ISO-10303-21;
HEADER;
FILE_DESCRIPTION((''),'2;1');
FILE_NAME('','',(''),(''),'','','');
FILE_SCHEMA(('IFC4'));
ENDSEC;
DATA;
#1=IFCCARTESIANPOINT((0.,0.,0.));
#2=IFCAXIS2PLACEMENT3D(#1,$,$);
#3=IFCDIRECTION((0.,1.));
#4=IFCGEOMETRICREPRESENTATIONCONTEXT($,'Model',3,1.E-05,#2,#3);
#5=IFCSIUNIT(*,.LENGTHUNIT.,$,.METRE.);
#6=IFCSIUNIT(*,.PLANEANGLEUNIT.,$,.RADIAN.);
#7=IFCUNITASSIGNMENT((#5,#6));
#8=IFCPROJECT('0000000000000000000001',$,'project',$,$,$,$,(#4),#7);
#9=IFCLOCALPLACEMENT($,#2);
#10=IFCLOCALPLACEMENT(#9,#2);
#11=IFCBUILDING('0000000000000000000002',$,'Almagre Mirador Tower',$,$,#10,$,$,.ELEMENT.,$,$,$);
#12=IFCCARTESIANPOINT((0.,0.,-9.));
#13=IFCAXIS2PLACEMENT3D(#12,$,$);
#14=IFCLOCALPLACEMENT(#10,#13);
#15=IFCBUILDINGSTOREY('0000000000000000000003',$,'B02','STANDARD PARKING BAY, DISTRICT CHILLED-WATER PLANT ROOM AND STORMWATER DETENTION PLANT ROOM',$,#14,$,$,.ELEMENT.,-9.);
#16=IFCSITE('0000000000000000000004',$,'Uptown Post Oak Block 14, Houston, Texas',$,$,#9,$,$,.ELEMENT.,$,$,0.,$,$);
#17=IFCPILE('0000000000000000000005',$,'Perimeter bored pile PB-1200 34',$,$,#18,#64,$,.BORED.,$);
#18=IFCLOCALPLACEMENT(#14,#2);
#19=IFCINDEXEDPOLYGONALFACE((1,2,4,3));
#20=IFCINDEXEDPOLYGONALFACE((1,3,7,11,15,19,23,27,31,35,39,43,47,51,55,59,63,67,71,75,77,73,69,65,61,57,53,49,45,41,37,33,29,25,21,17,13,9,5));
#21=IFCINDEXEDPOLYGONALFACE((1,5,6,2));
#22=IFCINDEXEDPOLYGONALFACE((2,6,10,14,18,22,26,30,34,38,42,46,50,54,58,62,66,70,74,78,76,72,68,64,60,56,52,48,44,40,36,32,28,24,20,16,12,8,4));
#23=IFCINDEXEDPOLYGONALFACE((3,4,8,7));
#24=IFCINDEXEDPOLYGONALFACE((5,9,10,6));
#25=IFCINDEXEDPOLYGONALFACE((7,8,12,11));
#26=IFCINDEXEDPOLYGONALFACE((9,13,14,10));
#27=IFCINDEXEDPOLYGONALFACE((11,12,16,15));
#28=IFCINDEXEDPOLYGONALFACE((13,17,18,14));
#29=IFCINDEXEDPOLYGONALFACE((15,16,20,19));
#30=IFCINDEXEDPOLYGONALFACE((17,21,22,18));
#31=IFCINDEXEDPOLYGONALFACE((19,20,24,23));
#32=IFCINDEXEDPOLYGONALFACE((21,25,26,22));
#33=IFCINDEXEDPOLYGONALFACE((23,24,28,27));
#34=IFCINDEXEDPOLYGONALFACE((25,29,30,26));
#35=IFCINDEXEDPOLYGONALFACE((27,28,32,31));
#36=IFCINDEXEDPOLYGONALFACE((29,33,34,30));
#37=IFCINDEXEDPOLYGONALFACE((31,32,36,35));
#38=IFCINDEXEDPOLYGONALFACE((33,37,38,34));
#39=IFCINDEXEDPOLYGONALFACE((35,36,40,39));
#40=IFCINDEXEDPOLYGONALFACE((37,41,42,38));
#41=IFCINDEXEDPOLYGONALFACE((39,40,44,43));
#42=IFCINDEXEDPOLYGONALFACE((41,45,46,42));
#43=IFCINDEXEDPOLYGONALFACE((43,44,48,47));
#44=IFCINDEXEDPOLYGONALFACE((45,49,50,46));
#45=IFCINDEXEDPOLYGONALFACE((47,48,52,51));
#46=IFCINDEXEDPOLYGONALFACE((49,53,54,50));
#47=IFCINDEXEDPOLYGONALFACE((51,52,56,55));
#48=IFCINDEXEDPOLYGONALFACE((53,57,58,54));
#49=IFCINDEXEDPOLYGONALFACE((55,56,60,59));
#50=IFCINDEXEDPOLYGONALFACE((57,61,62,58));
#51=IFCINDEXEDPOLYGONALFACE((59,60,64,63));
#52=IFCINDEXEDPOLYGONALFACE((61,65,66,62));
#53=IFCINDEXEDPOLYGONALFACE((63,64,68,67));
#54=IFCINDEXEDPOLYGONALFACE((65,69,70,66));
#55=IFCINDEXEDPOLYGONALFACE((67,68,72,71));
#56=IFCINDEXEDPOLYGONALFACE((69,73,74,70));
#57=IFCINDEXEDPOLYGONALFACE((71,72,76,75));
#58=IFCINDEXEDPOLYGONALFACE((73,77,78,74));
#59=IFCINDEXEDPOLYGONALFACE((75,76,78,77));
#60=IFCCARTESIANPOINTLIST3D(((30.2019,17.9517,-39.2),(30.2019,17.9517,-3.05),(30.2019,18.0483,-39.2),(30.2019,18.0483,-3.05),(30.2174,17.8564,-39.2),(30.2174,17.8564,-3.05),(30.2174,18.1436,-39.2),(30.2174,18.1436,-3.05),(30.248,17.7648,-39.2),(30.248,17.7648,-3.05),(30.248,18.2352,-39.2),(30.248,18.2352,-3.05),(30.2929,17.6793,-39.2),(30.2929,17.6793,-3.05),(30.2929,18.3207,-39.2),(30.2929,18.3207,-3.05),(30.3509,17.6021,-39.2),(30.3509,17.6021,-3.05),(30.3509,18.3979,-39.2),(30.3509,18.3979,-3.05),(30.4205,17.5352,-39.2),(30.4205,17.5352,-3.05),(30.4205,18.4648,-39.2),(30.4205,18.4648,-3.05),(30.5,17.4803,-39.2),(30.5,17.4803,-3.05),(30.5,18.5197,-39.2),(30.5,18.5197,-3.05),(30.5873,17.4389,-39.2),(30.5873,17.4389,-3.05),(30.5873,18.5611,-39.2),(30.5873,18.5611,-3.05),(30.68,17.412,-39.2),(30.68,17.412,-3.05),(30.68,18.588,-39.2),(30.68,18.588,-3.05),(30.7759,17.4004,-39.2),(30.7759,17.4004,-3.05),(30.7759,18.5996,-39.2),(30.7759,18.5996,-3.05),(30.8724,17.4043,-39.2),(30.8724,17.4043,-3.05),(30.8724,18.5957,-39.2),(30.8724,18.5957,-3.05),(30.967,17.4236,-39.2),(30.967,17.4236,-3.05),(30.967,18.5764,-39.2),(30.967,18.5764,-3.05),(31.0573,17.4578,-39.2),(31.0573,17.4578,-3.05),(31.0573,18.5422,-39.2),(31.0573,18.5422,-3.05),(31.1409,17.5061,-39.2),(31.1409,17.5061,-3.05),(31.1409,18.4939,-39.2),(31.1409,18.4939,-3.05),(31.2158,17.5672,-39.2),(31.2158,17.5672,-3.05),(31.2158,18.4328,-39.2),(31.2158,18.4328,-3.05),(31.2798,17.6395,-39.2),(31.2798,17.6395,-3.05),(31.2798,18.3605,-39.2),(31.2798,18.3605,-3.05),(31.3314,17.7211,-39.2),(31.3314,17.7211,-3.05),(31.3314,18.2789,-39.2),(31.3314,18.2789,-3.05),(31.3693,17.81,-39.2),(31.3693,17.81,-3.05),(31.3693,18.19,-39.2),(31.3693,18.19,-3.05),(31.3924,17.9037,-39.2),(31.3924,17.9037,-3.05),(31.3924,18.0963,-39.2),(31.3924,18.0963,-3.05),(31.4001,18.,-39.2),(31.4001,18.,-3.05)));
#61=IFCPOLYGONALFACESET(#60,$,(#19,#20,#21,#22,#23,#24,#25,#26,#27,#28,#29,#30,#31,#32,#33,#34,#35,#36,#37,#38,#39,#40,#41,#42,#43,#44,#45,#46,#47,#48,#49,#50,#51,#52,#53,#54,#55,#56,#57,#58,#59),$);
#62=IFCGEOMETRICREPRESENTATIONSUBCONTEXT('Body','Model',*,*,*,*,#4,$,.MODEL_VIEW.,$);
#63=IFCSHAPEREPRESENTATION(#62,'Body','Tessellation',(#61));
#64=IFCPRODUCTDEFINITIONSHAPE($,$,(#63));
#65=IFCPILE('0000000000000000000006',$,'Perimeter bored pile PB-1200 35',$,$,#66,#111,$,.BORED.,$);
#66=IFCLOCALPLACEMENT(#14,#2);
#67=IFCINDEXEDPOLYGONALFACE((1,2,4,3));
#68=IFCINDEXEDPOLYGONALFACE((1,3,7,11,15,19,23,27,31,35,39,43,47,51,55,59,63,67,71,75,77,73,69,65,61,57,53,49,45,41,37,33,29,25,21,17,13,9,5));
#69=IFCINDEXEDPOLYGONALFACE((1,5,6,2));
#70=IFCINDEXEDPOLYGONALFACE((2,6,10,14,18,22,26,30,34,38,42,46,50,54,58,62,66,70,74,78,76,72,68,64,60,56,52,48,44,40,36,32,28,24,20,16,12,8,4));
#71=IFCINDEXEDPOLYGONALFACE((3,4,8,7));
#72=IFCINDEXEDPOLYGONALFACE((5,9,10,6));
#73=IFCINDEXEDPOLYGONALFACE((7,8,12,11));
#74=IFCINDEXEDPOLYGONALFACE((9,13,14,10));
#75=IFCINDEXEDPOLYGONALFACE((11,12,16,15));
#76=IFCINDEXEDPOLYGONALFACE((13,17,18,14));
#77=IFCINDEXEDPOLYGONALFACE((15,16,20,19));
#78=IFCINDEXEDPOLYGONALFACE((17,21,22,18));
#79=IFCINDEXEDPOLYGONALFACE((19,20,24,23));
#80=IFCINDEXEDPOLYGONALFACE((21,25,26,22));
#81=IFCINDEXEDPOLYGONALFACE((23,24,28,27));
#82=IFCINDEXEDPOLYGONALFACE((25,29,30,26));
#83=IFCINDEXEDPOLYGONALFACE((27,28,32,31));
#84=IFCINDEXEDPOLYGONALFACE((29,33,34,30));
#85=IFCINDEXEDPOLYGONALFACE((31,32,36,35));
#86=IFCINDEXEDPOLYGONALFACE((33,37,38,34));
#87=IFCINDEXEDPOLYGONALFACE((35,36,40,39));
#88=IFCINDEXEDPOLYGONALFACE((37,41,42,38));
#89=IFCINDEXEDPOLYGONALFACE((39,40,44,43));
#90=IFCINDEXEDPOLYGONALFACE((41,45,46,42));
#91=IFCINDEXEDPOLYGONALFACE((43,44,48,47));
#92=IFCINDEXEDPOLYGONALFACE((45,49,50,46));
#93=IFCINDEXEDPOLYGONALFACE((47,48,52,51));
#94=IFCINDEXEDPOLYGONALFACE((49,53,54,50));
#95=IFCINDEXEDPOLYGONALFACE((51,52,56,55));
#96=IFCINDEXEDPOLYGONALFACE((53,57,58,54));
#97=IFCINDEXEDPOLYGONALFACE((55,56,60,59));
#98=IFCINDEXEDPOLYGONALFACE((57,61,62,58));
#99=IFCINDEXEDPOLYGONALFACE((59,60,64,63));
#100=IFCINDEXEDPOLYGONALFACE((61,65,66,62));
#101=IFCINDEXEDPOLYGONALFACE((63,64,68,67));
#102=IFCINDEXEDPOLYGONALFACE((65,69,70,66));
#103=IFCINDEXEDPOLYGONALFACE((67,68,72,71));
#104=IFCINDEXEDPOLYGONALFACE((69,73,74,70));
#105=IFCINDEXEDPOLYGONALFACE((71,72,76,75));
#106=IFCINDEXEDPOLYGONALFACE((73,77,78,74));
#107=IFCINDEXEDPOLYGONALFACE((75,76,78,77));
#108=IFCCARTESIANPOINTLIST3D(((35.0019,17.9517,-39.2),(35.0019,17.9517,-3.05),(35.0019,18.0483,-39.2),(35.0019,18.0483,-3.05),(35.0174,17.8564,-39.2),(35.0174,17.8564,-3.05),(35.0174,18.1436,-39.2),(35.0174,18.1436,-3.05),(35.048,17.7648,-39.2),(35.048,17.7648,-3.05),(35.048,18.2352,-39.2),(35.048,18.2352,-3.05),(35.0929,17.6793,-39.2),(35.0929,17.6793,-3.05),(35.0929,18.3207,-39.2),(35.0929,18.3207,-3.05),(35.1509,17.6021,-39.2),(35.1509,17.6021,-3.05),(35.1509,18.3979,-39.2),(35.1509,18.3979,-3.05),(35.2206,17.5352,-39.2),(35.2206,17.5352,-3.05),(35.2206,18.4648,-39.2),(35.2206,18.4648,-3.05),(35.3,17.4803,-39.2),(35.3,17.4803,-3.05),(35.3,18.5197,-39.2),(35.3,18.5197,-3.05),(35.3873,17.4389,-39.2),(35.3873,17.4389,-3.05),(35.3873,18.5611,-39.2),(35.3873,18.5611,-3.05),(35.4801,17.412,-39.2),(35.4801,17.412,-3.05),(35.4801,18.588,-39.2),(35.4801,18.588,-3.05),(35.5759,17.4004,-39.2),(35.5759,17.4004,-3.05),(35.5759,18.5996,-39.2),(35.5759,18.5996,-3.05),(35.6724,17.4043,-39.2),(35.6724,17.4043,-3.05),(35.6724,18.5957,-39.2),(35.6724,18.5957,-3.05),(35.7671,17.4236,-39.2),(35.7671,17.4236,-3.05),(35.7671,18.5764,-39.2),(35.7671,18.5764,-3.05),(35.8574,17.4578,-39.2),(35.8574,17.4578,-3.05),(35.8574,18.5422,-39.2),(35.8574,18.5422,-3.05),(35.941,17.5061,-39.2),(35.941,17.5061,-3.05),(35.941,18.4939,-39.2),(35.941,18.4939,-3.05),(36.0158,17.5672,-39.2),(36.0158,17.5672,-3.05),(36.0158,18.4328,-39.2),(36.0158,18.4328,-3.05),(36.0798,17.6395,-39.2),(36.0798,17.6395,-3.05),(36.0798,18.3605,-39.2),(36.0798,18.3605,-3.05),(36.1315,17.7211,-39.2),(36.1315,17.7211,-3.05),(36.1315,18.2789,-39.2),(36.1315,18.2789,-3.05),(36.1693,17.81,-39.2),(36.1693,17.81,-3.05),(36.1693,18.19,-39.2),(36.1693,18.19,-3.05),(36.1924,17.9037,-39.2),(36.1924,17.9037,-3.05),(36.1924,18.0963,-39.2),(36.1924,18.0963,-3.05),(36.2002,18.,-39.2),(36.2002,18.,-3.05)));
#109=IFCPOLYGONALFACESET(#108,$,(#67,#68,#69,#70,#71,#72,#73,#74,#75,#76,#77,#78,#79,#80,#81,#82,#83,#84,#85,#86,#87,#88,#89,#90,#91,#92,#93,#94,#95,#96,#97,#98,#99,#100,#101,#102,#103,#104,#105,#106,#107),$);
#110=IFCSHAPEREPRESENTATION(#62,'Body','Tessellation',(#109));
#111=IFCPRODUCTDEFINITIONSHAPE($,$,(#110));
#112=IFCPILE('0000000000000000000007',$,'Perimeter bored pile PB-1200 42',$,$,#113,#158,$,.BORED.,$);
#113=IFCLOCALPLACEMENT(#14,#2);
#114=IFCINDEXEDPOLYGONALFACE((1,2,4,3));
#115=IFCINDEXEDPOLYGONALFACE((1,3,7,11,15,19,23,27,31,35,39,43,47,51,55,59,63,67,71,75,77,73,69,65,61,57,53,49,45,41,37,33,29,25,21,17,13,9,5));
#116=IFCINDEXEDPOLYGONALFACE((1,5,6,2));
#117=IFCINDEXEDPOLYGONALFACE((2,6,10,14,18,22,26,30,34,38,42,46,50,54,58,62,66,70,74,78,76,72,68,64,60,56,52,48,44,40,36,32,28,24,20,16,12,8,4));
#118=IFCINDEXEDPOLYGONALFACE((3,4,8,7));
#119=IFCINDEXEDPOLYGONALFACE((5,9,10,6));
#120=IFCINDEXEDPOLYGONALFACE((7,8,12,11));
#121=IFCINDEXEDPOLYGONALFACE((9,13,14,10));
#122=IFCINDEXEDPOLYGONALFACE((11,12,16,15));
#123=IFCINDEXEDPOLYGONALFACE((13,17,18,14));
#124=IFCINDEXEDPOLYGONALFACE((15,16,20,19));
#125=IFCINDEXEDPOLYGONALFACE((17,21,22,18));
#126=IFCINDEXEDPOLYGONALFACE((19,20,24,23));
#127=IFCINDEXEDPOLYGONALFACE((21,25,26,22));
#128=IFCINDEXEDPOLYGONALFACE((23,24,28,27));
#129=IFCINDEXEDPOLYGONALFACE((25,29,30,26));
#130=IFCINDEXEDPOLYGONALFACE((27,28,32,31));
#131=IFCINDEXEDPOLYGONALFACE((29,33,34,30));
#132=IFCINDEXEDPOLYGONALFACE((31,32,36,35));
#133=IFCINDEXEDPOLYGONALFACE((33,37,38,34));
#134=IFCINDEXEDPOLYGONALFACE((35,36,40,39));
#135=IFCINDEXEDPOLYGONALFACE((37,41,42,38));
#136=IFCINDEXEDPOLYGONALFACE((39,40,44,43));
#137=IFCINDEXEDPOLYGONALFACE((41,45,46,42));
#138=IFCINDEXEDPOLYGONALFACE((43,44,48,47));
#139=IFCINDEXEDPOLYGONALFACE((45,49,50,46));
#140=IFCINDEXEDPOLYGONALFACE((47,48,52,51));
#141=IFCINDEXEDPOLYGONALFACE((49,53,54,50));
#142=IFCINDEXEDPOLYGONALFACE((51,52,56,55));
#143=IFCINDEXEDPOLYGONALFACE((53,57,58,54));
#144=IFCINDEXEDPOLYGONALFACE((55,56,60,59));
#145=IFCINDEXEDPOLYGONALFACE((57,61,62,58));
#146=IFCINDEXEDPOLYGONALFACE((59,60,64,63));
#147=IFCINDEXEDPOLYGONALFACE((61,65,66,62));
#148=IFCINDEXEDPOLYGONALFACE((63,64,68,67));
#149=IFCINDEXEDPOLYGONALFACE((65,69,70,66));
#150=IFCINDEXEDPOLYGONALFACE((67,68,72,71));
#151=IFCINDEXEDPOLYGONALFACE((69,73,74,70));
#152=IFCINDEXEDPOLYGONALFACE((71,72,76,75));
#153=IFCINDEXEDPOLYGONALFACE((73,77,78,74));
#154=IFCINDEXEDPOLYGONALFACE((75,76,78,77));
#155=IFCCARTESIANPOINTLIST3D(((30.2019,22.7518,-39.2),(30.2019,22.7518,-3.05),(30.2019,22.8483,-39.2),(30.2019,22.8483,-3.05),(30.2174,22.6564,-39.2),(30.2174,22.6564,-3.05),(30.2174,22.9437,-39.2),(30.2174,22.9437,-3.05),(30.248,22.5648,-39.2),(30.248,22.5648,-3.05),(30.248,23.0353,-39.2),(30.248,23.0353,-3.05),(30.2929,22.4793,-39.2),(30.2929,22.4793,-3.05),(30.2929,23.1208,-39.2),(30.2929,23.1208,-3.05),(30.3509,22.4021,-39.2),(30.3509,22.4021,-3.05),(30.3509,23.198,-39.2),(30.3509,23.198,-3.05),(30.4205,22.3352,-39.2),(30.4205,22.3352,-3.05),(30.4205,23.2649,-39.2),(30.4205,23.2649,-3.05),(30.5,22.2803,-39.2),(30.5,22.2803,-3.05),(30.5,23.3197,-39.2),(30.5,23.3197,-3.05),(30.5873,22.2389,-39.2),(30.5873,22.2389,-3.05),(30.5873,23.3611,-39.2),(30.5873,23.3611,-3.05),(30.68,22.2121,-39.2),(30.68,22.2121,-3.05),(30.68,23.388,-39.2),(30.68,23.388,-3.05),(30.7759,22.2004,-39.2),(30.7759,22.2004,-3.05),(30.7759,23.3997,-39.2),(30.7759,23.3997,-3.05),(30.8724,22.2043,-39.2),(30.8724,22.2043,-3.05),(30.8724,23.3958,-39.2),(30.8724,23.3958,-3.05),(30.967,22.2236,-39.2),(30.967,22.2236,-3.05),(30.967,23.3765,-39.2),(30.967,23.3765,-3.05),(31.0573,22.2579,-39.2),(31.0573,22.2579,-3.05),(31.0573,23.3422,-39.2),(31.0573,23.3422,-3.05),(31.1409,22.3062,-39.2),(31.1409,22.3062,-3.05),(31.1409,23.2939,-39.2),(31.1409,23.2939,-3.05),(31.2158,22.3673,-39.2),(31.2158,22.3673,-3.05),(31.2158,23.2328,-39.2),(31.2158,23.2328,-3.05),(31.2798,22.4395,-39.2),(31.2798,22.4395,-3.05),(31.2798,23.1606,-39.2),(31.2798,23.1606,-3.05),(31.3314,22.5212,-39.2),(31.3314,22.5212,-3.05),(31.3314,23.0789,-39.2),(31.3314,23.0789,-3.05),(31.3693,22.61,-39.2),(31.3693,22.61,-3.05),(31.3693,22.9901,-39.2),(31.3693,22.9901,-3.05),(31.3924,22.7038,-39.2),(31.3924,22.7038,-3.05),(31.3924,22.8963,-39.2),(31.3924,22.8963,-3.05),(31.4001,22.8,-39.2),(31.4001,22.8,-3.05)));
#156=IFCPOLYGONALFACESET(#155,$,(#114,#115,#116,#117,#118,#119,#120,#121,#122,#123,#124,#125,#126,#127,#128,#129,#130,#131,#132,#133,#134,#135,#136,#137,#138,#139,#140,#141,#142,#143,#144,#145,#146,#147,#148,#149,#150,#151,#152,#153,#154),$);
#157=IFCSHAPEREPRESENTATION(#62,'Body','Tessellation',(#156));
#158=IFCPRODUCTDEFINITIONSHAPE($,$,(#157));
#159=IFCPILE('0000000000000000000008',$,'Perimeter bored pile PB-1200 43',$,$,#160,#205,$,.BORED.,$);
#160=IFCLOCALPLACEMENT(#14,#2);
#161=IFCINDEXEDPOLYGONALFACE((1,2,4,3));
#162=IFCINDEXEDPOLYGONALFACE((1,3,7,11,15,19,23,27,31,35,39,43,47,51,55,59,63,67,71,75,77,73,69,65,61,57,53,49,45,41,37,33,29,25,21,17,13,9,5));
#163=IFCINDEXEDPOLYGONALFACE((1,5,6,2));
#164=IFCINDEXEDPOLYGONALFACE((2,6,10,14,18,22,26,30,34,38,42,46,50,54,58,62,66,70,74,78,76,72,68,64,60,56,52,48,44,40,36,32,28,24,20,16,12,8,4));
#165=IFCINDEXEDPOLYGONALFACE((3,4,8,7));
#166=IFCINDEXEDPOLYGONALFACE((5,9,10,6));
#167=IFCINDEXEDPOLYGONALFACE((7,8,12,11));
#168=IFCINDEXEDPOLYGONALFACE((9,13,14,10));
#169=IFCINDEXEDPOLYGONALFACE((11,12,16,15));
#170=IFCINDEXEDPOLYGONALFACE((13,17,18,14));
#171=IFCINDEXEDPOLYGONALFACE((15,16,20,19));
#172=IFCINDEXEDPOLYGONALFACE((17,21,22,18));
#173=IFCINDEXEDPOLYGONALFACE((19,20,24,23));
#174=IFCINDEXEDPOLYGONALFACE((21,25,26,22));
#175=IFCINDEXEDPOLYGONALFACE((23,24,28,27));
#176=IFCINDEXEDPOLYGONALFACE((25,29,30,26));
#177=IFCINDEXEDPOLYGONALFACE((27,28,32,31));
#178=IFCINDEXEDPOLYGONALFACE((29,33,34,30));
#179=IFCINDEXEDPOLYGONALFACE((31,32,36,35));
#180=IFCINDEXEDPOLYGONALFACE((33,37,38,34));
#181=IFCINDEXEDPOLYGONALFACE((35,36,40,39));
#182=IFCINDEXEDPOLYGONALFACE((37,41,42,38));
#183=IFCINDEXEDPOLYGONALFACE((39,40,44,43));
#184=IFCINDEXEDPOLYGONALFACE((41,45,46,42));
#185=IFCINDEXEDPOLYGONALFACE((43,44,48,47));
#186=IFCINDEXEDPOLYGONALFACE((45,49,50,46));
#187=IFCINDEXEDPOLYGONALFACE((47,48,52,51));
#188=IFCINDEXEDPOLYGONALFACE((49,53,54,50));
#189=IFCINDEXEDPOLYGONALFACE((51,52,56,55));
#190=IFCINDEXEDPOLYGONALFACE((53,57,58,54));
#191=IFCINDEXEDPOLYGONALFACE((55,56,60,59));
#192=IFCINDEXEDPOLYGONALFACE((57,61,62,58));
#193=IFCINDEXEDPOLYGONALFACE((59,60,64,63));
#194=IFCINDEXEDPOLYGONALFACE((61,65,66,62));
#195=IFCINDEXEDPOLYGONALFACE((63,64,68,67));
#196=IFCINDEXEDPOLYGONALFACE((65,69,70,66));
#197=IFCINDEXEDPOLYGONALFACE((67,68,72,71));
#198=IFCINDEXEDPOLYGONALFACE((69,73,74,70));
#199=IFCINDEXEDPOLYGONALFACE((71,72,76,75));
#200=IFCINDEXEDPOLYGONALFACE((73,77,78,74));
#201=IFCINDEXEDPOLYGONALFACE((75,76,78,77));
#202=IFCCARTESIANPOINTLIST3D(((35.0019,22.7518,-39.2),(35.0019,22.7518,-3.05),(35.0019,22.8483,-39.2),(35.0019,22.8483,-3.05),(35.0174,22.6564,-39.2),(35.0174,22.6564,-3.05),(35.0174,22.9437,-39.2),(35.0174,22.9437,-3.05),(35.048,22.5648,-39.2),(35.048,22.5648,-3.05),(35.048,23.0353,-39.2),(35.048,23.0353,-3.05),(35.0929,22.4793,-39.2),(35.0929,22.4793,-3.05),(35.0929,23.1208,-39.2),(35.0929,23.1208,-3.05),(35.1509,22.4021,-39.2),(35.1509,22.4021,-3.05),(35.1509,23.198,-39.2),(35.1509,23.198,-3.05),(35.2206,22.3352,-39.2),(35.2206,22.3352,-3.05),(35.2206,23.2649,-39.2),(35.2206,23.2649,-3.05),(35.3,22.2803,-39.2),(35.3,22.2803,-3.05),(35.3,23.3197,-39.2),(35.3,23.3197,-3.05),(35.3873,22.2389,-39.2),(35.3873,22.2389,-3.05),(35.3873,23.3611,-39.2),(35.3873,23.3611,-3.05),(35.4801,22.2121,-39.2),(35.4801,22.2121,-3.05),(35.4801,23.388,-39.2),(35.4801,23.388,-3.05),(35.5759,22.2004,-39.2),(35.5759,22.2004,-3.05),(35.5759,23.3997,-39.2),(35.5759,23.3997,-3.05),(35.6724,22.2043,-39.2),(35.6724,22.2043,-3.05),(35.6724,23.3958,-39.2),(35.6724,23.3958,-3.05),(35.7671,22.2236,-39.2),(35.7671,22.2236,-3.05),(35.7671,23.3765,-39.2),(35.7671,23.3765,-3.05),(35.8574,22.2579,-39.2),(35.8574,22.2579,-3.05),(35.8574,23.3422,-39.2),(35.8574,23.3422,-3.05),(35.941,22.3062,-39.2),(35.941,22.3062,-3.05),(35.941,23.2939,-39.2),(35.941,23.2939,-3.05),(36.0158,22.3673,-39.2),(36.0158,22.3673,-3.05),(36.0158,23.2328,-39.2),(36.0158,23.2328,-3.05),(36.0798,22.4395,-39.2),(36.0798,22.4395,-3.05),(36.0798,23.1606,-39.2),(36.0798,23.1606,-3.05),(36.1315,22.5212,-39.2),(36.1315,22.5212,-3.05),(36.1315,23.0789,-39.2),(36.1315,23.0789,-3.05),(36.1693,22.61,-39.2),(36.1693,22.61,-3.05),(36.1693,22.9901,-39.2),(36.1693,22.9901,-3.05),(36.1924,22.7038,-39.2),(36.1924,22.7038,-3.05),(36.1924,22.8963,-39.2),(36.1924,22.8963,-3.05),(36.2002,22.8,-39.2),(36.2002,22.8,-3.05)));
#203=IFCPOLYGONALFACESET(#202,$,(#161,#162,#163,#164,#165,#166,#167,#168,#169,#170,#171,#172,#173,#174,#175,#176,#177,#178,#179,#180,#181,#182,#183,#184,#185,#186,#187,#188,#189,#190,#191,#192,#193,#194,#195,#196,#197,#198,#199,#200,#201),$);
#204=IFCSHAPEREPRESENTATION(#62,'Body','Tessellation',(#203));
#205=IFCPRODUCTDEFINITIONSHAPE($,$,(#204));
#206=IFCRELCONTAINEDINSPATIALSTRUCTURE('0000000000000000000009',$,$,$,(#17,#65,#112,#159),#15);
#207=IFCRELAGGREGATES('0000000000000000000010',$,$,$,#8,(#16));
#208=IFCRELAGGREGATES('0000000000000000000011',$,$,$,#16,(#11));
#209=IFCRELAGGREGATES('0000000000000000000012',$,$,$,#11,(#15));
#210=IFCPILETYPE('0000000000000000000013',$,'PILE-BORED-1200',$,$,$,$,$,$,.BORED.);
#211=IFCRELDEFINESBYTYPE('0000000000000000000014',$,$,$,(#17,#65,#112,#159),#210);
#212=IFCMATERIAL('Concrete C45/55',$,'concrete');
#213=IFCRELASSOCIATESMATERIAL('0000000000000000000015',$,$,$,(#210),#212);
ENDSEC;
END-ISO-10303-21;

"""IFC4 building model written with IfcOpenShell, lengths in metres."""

from ifc_helpers import new_model, si_unit, direction, frame, origin, origin_2d, place, context, subcontext, project, spatial, circle, extrude, material, material_profile, profile_set, type_object, element, save


model = new_model("IFC4")

# Units and contexts
model_context = context("Model", 3, precision=1e-05, world=origin(), true_north=direction((0.0, 1.0)))
body_context = subcontext(model_context, "Body", "Model", "MODEL_VIEW")
ifc_project = project(units=[si_unit("LENGTHUNIT", "METRE"), si_unit("PLANEANGLEUNIT", "RADIAN")], contexts=[model_context])

# Site, building, storey
site_placement = place(None, origin())
site = spatial("IfcSite", under=ifc_project, at=site_placement, Name="Uptown Post Oak Block 14, Houston, Texas", CompositionType="ELEMENT", RefElevation=0.0)
building_placement = place(site_placement, origin())
building = spatial("IfcBuilding", under=site, at=building_placement, Name="Almagre Mirador Tower", CompositionType="ELEMENT")
storey_placement = place(building_placement, frame((0.0, 0.0, -9.0)))
storey = spatial("IfcBuildingStorey", under=building, at=storey_placement, Name="B02", Description="STANDARD PARKING BAY, DISTRICT CHILLED-WATER PLANT ROOM AND STORMWATER DETENTION PLANT ROOM", CompositionType="ELEMENT", Elevation=-9.0)

# Piles
ifc_material_1 = material(Name="Concrete C45/55", Category="concrete")
ifc_material_profile_1 = material_profile(ifc_material_1, circle(Radius=0.6001, at=origin_2d()), Name="PILE1200D")
ifc_profile_set_1 = profile_set([ifc_material_profile_1], Name="Concrete C45/55")
pile_type_1 = type_object("IfcPileType", Name="PILE-BORED-1200", PredefinedType="BORED", material=ifc_profile_set_1)
for number, where, z_axis, x_axis, name in (
    (1, (30.8, 18.0, -3.05), (0.0, 0.0, -1.0), (1.0, 0.0, 0.0), "Perimeter bored pile PB-1200 34"),
    (2, (35.6001, 18.0, -3.05), (0.0, 0.0, -1.0), (1.0, 0.0, 0.0), "Perimeter bored pile PB-1200 35"),
    (3, (30.8, 22.8, -3.05), (0.0, 0.0, -1.0), (1.0, 0.0, 0.0), "Perimeter bored pile PB-1200 42"),
    (4, (35.6001, 22.8, -3.05), (0.0, 0.0, -1.0), (1.0, 0.0, 0.0), "Perimeter bored pile PB-1200 43"),
):
    element("IfcPile", number, at=place(storey_placement, frame(where, z_axis=z_axis, x_axis=x_axis)), inside=storey, type_object=pile_type_1, Name=name, PredefinedType="BORED", context=body_context, shape_type="SweptSolid", body=[
        extrude(circle(Radius=0.6001, at=origin_2d()), origin(), (0.0, 0.0, 1.0), 36.1499),
    ])

save(model, "model.ifc")
